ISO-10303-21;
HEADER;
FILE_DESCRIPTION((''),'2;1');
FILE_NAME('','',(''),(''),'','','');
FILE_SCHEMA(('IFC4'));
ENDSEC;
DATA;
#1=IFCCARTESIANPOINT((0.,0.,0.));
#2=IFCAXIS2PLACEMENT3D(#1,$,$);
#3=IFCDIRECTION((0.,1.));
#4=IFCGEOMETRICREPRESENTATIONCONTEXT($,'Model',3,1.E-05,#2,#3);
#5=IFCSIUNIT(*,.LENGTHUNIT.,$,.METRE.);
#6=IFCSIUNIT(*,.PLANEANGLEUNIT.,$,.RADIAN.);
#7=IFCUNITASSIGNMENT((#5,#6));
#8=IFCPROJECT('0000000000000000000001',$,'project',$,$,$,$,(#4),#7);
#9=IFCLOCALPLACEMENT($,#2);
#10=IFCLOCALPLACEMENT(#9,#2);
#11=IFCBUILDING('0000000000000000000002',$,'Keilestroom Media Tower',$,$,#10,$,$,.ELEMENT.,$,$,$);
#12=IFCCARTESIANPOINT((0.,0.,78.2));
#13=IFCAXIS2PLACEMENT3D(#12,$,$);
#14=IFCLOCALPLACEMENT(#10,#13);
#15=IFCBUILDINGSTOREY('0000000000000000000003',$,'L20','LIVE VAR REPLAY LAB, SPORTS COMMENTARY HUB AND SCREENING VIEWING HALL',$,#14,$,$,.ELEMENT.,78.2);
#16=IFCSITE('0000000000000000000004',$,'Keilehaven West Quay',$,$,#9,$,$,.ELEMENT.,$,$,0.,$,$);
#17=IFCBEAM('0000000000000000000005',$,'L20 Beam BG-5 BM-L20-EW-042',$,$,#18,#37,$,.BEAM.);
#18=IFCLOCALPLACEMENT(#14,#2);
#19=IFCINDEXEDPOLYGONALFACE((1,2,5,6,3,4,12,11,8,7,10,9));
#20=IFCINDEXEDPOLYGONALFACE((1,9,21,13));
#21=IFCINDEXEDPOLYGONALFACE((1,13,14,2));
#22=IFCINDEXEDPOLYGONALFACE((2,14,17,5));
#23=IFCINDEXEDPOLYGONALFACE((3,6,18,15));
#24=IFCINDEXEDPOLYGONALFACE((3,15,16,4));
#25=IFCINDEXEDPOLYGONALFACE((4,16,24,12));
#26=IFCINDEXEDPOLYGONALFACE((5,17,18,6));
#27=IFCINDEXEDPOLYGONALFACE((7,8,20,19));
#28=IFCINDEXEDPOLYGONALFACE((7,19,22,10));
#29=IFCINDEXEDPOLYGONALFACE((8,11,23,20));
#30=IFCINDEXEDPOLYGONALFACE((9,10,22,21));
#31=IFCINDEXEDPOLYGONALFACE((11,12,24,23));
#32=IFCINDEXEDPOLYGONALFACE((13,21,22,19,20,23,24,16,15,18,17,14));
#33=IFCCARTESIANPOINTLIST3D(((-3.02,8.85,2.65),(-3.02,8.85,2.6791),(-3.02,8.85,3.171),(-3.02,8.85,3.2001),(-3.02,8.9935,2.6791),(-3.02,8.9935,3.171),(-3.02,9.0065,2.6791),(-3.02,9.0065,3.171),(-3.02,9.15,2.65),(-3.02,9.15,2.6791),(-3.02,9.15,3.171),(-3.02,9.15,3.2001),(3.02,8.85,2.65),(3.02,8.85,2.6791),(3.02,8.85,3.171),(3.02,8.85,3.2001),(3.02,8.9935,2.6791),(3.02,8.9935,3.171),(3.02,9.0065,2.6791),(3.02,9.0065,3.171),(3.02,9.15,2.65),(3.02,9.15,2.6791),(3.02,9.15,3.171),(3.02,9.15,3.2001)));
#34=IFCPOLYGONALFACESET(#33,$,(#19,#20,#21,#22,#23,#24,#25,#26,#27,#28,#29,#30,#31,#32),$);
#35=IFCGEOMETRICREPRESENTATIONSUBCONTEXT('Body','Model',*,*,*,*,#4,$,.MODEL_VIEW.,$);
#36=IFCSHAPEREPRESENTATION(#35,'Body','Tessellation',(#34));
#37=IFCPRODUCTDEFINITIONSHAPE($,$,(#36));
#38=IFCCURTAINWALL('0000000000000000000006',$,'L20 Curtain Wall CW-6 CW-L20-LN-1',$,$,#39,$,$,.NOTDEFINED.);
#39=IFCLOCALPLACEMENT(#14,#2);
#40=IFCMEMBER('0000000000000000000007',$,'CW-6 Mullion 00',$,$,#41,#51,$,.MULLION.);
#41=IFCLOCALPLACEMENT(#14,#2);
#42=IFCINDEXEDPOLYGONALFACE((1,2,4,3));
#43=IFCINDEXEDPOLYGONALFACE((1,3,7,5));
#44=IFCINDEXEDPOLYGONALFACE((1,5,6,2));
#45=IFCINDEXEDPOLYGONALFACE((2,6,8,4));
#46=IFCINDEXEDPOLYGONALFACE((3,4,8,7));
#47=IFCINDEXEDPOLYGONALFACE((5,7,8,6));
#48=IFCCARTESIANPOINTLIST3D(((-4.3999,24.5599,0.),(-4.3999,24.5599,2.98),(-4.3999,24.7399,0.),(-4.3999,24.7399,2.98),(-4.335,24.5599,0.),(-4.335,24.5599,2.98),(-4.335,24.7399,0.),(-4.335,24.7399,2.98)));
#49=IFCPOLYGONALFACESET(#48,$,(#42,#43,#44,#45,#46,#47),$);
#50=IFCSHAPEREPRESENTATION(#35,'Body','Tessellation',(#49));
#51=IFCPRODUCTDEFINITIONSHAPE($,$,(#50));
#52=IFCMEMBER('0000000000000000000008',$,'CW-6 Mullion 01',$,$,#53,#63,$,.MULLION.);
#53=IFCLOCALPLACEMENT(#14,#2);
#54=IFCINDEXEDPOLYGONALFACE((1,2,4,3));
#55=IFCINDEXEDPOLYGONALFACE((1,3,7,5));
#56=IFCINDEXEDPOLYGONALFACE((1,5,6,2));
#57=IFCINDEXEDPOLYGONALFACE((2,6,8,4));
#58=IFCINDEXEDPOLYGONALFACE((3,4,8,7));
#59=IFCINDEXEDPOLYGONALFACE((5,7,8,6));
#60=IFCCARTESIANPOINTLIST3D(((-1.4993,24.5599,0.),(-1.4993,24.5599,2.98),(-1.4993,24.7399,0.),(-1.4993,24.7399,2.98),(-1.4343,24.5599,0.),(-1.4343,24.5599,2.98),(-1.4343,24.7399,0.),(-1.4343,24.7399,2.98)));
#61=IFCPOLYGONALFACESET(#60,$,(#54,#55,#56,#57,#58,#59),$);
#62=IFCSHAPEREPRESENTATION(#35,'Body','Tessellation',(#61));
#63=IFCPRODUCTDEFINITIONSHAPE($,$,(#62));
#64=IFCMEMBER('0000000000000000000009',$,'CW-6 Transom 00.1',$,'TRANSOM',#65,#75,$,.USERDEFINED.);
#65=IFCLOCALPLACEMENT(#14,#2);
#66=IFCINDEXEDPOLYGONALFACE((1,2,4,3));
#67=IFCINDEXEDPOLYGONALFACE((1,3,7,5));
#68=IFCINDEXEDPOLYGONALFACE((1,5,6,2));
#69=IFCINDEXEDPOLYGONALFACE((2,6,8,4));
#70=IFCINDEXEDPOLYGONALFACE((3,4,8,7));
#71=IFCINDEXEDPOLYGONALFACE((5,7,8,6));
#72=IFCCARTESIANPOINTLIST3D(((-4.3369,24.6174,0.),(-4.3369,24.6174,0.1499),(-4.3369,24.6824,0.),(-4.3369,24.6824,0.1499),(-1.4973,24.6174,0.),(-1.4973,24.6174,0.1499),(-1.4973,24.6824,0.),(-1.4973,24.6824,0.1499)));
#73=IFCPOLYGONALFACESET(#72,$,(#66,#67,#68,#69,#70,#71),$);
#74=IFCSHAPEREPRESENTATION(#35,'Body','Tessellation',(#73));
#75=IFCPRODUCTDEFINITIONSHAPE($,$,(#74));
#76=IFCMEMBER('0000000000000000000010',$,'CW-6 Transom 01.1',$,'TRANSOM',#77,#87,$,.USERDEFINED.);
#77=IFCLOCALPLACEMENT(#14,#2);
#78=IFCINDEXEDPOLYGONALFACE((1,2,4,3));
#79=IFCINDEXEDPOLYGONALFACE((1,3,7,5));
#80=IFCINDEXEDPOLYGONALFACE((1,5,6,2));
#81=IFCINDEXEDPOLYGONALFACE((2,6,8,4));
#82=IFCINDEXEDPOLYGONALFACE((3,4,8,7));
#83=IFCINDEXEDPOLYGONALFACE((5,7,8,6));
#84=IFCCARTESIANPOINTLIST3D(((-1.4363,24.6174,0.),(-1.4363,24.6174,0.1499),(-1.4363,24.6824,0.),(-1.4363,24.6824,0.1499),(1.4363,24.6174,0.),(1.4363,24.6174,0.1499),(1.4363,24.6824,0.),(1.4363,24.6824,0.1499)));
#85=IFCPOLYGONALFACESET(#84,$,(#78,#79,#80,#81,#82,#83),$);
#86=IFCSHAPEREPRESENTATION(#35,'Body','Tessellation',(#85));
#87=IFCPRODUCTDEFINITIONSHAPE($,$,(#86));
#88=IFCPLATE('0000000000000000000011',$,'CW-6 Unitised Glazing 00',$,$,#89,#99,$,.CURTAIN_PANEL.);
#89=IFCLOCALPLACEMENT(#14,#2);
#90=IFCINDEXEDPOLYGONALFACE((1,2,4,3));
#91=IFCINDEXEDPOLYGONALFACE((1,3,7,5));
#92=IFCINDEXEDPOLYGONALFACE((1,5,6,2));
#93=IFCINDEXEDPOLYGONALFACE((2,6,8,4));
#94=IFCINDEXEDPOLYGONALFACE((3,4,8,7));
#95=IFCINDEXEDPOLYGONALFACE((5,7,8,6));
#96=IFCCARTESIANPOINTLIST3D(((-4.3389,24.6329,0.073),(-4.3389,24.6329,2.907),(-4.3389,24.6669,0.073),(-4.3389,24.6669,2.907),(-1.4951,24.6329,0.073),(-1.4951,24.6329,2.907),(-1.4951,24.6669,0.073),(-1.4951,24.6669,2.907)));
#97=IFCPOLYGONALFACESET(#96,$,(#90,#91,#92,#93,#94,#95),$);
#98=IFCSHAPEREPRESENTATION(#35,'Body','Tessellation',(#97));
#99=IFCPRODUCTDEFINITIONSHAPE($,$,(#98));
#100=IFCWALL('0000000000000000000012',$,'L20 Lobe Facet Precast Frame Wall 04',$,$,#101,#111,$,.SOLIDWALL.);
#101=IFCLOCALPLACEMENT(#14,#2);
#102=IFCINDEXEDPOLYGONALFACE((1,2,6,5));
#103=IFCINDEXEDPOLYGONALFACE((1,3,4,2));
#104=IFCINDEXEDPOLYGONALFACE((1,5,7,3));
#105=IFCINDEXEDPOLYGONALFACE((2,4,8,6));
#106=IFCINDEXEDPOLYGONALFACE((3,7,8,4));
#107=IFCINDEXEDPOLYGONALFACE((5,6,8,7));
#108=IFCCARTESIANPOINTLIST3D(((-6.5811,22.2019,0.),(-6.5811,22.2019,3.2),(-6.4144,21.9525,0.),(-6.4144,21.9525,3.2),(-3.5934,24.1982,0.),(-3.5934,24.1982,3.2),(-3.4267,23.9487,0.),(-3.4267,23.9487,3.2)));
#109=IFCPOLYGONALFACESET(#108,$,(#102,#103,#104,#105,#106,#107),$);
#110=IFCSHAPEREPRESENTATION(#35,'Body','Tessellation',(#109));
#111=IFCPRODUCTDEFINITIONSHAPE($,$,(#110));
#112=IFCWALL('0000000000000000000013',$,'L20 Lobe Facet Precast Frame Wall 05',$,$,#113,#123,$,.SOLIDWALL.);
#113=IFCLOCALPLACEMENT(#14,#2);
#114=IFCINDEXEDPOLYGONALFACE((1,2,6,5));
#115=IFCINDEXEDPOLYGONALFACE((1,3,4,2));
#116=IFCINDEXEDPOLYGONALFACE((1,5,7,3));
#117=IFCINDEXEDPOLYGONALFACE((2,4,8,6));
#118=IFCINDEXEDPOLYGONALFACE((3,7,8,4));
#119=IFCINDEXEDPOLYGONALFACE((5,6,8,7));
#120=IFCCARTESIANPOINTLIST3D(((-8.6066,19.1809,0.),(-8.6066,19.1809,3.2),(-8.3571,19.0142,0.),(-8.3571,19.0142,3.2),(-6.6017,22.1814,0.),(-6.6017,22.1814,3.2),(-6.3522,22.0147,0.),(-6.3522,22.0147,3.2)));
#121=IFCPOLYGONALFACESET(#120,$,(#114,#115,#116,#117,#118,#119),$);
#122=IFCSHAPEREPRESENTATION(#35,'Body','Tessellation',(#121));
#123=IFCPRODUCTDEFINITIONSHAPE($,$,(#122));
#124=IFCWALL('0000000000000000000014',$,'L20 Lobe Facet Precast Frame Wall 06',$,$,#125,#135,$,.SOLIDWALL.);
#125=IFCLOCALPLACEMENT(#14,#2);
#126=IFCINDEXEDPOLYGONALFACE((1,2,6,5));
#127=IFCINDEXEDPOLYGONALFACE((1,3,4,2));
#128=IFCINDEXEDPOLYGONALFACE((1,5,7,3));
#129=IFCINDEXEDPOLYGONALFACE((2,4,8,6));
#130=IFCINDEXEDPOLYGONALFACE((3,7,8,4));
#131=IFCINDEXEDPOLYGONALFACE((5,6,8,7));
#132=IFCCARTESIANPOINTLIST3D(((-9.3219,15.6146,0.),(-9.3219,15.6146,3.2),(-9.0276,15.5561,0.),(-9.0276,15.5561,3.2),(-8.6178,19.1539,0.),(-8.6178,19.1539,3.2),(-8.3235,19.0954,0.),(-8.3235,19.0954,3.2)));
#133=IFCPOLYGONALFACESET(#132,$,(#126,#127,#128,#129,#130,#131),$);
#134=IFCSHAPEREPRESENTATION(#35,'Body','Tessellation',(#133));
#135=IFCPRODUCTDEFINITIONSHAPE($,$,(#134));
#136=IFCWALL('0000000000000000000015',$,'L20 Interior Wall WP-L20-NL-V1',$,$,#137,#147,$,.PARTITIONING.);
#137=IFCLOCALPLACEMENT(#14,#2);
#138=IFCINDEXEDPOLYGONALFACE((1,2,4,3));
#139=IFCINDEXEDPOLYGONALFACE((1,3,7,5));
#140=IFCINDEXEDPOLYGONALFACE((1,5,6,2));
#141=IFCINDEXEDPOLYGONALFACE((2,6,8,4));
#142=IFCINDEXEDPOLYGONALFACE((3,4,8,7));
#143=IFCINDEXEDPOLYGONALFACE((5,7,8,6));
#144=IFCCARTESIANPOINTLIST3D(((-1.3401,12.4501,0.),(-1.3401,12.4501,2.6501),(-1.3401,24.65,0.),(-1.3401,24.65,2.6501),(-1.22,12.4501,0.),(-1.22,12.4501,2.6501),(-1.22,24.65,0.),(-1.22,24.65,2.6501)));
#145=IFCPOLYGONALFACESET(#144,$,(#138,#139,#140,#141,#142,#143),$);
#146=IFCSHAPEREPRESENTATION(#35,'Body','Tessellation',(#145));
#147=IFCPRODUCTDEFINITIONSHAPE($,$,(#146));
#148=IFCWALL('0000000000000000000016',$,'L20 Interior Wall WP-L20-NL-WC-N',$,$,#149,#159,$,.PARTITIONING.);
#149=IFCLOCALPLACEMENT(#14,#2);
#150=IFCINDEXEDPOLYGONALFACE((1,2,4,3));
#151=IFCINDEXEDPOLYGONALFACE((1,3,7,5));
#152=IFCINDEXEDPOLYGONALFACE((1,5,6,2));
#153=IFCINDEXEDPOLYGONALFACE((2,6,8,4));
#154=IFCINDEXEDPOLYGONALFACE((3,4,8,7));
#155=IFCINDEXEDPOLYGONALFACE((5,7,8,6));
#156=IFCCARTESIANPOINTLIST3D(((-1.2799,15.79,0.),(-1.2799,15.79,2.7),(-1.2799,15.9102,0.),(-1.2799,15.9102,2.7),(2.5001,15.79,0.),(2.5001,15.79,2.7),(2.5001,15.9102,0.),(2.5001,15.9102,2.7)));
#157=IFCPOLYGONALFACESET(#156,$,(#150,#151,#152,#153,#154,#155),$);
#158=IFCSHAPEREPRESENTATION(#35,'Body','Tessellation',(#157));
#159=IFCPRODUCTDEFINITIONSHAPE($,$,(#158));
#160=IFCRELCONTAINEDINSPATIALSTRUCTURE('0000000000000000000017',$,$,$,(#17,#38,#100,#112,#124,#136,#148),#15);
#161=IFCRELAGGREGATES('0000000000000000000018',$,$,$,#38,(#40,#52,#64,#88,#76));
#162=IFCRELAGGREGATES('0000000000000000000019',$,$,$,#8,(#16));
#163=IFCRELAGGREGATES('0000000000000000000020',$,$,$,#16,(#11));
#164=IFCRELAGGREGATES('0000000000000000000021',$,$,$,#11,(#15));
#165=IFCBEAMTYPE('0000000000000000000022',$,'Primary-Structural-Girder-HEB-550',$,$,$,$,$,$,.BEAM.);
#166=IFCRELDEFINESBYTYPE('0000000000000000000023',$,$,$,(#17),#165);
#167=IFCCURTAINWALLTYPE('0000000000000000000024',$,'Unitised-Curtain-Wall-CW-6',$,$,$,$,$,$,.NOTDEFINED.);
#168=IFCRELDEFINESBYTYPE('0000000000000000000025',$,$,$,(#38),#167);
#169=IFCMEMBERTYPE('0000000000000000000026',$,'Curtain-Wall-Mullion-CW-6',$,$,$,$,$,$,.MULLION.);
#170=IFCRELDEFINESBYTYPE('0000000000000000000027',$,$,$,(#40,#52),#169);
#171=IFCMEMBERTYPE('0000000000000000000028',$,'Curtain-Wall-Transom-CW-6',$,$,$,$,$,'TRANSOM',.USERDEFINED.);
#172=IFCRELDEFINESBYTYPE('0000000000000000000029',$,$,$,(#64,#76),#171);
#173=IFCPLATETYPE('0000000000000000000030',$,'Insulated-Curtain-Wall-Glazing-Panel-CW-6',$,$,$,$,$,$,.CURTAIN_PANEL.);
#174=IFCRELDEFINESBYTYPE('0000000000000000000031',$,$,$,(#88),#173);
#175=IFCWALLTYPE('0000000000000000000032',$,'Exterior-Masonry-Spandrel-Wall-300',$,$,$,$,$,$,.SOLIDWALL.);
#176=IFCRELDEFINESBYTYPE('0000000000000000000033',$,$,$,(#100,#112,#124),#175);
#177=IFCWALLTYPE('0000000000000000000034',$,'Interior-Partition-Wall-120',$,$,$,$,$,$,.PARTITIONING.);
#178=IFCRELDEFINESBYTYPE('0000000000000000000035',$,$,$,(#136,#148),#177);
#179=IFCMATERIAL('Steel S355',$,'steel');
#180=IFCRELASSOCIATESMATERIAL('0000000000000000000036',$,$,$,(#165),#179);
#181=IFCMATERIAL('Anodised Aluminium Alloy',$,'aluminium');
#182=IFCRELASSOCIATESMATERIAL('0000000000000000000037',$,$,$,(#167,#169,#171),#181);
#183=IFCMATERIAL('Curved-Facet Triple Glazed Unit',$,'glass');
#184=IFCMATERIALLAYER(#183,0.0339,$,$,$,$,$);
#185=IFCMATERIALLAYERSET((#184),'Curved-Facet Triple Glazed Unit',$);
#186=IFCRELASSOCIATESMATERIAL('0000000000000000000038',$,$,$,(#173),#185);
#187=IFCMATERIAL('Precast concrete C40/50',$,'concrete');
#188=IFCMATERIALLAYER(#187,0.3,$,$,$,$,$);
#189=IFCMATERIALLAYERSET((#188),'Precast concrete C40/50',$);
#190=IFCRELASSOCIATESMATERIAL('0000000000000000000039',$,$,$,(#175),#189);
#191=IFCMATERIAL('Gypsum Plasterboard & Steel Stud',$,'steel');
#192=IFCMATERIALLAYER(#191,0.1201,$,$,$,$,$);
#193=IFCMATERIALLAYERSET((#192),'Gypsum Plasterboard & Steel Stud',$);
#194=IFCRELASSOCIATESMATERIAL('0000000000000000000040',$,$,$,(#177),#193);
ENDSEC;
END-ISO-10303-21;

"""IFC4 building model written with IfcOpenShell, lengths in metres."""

from ifc_helpers import new_model, si_unit, direction, frame, frame_2d, origin, origin_2d, place, context, subcontext, project, spatial, rectangle, i_section, extrude, source, transform, mapped, material, layer, layer_set, material_profile, profile_set, type_object, element, aggregate, save


model = new_model("IFC4")

# Units and contexts
model_context = context("Model", 3, precision=1e-05, world=origin(), true_north=direction((0.0, 1.0)))
body_context = subcontext(model_context, "Body", "Model", "MODEL_VIEW")
ifc_project = project(units=[si_unit("LENGTHUNIT", "METRE"), si_unit("PLANEANGLEUNIT", "RADIAN")], contexts=[model_context])

# Site, building, storey
site_placement = place(None, origin())
site = spatial("IfcSite", under=ifc_project, at=site_placement, Name="Keilehaven West Quay", CompositionType="ELEMENT", RefElevation=0.0)
building_placement = place(site_placement, origin())
building = spatial("IfcBuilding", under=site, at=building_placement, Name="Keilestroom Media Tower", CompositionType="ELEMENT")
storey_placement = place(building_placement, frame((0.0, 0.0, 78.2)))
storey = spatial("IfcBuildingStorey", under=building, at=storey_placement, Name="L20", Description="LIVE VAR REPLAY LAB, SPORTS COMMENTARY HUB AND SCREENING VIEWING HALL", CompositionType="ELEMENT", Elevation=78.2)

# Beam
ifc_material_1 = material(Name="Steel S355", Category="steel")
ifc_material_profile_1 = material_profile(ifc_material_1, i_section(OverallWidth=0.3, OverallDepth=0.55, WebThickness=0.0129, FlangeThickness=0.0291, at=origin_2d()), Name="HEB 550")
ifc_profile_set_1 = profile_set([ifc_material_profile_1], Name="Steel S355")
beam_type = type_object("IfcBeamType", Name="Primary-Structural-Girder-HEB-550", PredefinedType="BEAM", material=ifc_profile_set_1)
shared_shape_1 = source(origin(), body_context, "Body", "SweptSolid", [
    extrude(i_section(OverallWidth=0.3, OverallDepth=0.55, WebThickness=0.0129, FlangeThickness=0.0291, at=origin_2d()), origin(), (0.0, 0.0, 1.0), 6.04),
])
beam_1_placement = place(storey_placement, frame((-3.02, 9.0, 2.925), z_axis=(1.0, 0.0, 0.0), x_axis=(0.0, 1.0, 0.0)))
element("IfcBeam", 1, at=beam_1_placement, inside=storey, type_object=beam_type, Name="L20 Beam BG-5 BM-L20-EW-042", PredefinedType="BEAM", context=body_context, shape_type="MappedRepresentation", body=[
    mapped(shared_shape_1, transform((0.0, 0.0, 0.0), x_axis=(1.0, 0.0, 0.0), y_axis=(0.0, 1.0, 0.0), z_axis=(0.0, 0.0, 1.0), scale=1.0)),
])

# Curtain wall, members, plate
ifc_material_2 = material(Name="Anodised Aluminium Alloy", Category="aluminium")
curtain_wall_type = type_object("IfcCurtainWallType", Name="Unitised-Curtain-Wall-CW-6", PredefinedType="NOTDEFINED", material=ifc_material_2)
curtain_wall_placement = place(storey_placement, origin())
curtain_wall = element("IfcCurtainWall", 2, at=curtain_wall_placement, inside=storey, type_object=curtain_wall_type, Name="L20 Curtain Wall CW-6 CW-L20-LN-1", PredefinedType="NOTDEFINED")
ifc_material_profile_2 = material_profile(ifc_material_2, rectangle(XDim=0.0649, YDim=0.1799, at=origin_2d()), Name="ALU MULLION 65x180")
ifc_profile_set_2 = profile_set([ifc_material_profile_2], Name="Anodised Aluminium Alloy")
member_type_1 = type_object("IfcMemberType", Name="Curtain-Wall-Mullion-CW-6", PredefinedType="MULLION", material=ifc_profile_set_2)
shared_shape_2 = source(origin(), body_context, "Body", "SweptSolid", [
    extrude(rectangle(XDim=0.0649, YDim=0.1799, at=origin_2d()), origin(), (0.0, 0.0, 1.0), 2.98),
])
member_1_placement = place(storey_placement, frame((-4.3674, 24.6499, 0.0), z_axis=(0.0, 0.0, 1.0), x_axis=(1.0, 0.0, 0.0)))
member_1 = element("IfcMember", 3, at=member_1_placement, type_object=member_type_1, Name="CW-6 Mullion 00", PredefinedType="MULLION", context=body_context, shape_type="MappedRepresentation", body=[
    mapped(shared_shape_2, transform((0.0, 0.0, 0.0), x_axis=(1.0, 0.0, 0.0), y_axis=(0.0, 1.0, 0.0), z_axis=(0.0, 0.0, 1.0), scale=1.0)),
])
member_2_placement = place(storey_placement, frame((-1.4668, 24.6499, 0.0), z_axis=(0.0, 0.0, 1.0), x_axis=(1.0, 0.0, 0.0)))
member_2 = element("IfcMember", 4, at=member_2_placement, type_object=member_type_1, Name="CW-6 Mullion 01", PredefinedType="MULLION", context=body_context, shape_type="MappedRepresentation", body=[
    mapped(shared_shape_2, transform((0.0, 0.0, 0.0), x_axis=(1.0, 0.0, 0.0), y_axis=(0.0, 1.0, 0.0), z_axis=(0.0, 0.0, 1.0), scale=1.0)),
])
ifc_material_profile_3 = material_profile(ifc_material_2, rectangle(XDim=0.0649, YDim=0.1499, at=origin_2d()), Name="ALU TRANSOM 65x150")
ifc_profile_set_3 = profile_set([ifc_material_profile_3], Name="Anodised Aluminium Alloy")
member_type_2 = type_object("IfcMemberType", Name="Curtain-Wall-Transom-CW-6", ElementType="TRANSOM", PredefinedType="USERDEFINED", material=ifc_profile_set_3)
shared_shape_3 = source(origin(), body_context, "Body", "SweptSolid", [
    extrude(rectangle(XDim=0.0649, YDim=0.1499, at=origin_2d()), origin(), (0.0, 0.0, 1.0), 2.8396),
])
member_3_placement = place(storey_placement, frame((-4.3369, 24.6499, 0.075), z_axis=(1.0, 0.0, 0.0), x_axis=(0.0, 1.0, 0.0)))
member_3 = element("IfcMember", 5, at=member_3_placement, type_object=member_type_2, Name="CW-6 Transom 00.1", ObjectType="TRANSOM", PredefinedType="USERDEFINED", context=body_context, shape_type="MappedRepresentation", body=[
    mapped(shared_shape_3, transform((0.0, 0.0, 0.0), x_axis=(1.0, 0.0, 0.0), y_axis=(0.0, 1.0, 0.0), z_axis=(0.0, 0.0, 1.0), scale=1.0)),
])
shared_shape_4 = source(origin(), body_context, "Body", "SweptSolid", [
    extrude(rectangle(XDim=0.0649, YDim=0.1499, at=origin_2d()), origin(), (0.0, 0.0, 1.0), 2.8726),
])
member_4_placement = place(storey_placement, frame((-1.4363, 24.6499, 0.075), z_axis=(1.0, 0.0, 0.0), x_axis=(0.0, 1.0, 0.0)))
member_4 = element("IfcMember", 6, at=member_4_placement, type_object=member_type_2, Name="CW-6 Transom 01.1", ObjectType="TRANSOM", PredefinedType="USERDEFINED", context=body_context, shape_type="MappedRepresentation", body=[
    mapped(shared_shape_4, transform((0.0, 0.0, 0.0), x_axis=(1.0, 0.0, 0.0), y_axis=(0.0, 1.0, 0.0), z_axis=(0.0, 0.0, 1.0), scale=1.0)),
])
ifc_material_3 = material(Name="Curved-Facet Triple Glazed Unit", Category="glass")
ifc_layer_1 = layer(ifc_material_3, 0.0339)
ifc_layer_set_1 = layer_set([ifc_layer_1], Name="Curved-Facet Triple Glazed Unit")
plate_type = type_object("IfcPlateType", Name="Insulated-Curtain-Wall-Glazing-Panel-CW-6", PredefinedType="CURTAIN_PANEL", material=ifc_layer_set_1)
shared_shape_5 = source(origin(), body_context, "Body", "SweptSolid", [
    extrude(rectangle(XDim=2.8438, YDim=0.0339, at=origin_2d()), origin(), (0.0, 0.0, 1.0), 2.834),
])
plate_placement = place(storey_placement, frame((-2.917, 24.6499, 0.073), z_axis=(0.0, 0.0, 1.0), x_axis=(1.0, 0.0, 0.0)))
plate = element("IfcPlate", 7, at=plate_placement, type_object=plate_type, Name="CW-6 Unitised Glazing 00", PredefinedType="CURTAIN_PANEL", context=body_context, shape_type="MappedRepresentation", body=[
    mapped(shared_shape_5, transform((0.0, 0.0, 0.0), x_axis=(1.0, 0.0, 0.0), y_axis=(0.0, 1.0, 0.0), z_axis=(0.0, 0.0, 1.0), scale=1.0)),
])
aggregate(curtain_wall, [member_1, member_2, member_3, plate, member_4])

# Walls
ifc_material_4 = material(Name="Precast concrete C40/50", Category="concrete")
ifc_layer_2 = layer(ifc_material_4, 0.3)
ifc_layer_set_2 = layer_set([ifc_layer_2], Name="Precast concrete C40/50")
wall_type_1 = type_object("IfcWallType", Name="Exterior-Masonry-Spandrel-Wall-300", PredefinedType="SOLIDWALL", material=ifc_layer_set_2)
wall_1_placement = place(storey_placement, frame((-3.51, 24.0735, 0.0), z_axis=(0.0, 0.0, 1.0), x_axis=(-0.831475, -0.555562, 0.0)))
element("IfcWall", 8, at=wall_1_placement, inside=storey, type_object=wall_type_1, Name="L20 Lobe Facet Precast Frame Wall 04", PredefinedType="SOLIDWALL", context=body_context, shape_type="SweptSolid", body=[
    extrude(rectangle(XDim=3.5933, YDim=0.3, at=frame_2d((1.7966, 0.0))), origin(), (0.0, 0.0, 1.0), 3.2),
])
for number, where, z_axis, x_axis, name in (
    (9, (-6.4771, 22.0979, 0.0), (0.0, 0.0, 1.0), (-0.555574, -0.831467, 0.0), "L20 Lobe Facet Precast Frame Wall 05"),
    (10, (-8.4707, 19.1245, 0.0), (0.0, 0.0, 1.0), (-0.195114, -0.980781, 0.0), "L20 Lobe Facet Precast Frame Wall 06"),
):
    element("IfcWall", number, at=place(storey_placement, frame(where, z_axis=z_axis, x_axis=x_axis)), inside=storey, type_object=wall_type_1, Name=name, PredefinedType="SOLIDWALL", context=body_context, shape_type="SweptSolid", body=[
        extrude(rectangle(XDim=3.6086, YDim=0.3, at=frame_2d((1.8042, 0.0))), origin(), (0.0, 0.0, 1.0), 3.2),
    ])
ifc_material_5 = material(Name="Gypsum Plasterboard & Steel Stud", Category="steel")
ifc_layer_3 = layer(ifc_material_5, 0.1201)
ifc_layer_set_3 = layer_set([ifc_layer_3], Name="Gypsum Plasterboard & Steel Stud")
wall_type_2 = type_object("IfcWallType", Name="Interior-Partition-Wall-120", PredefinedType="PARTITIONING", material=ifc_layer_set_3)
wall_2_placement = place(storey_placement, frame((-1.28, 12.45, 0.0), z_axis=(0.0, 0.0, 1.0), x_axis=(0.0, 1.0, 0.0)))
element("IfcWall", 11, at=wall_2_placement, inside=storey, type_object=wall_type_2, Name="L20 Interior Wall WP-L20-NL-V1", PredefinedType="PARTITIONING", context=body_context, shape_type="SweptSolid", body=[
    extrude(rectangle(XDim=12.2, YDim=0.1201, at=frame_2d((6.1001, 0.0))), origin(), (0.0, 0.0, 1.0), 2.6501),
])
wall_3_placement = place(storey_placement, frame((-1.28, 15.8501, 0.0), z_axis=(0.0, 0.0, 1.0), x_axis=(1.0, 0.0, 0.0)))
element("IfcWall", 12, at=wall_3_placement, inside=storey, type_object=wall_type_2, Name="L20 Interior Wall WP-L20-NL-WC-N", PredefinedType="PARTITIONING", context=body_context, shape_type="SweptSolid", body=[
    extrude(rectangle(XDim=3.78, YDim=0.1201, at=frame_2d((1.8901, 0.0))), origin(), (0.0, 0.0, 1.0), 2.7),
])

save(model, "model.ifc")
